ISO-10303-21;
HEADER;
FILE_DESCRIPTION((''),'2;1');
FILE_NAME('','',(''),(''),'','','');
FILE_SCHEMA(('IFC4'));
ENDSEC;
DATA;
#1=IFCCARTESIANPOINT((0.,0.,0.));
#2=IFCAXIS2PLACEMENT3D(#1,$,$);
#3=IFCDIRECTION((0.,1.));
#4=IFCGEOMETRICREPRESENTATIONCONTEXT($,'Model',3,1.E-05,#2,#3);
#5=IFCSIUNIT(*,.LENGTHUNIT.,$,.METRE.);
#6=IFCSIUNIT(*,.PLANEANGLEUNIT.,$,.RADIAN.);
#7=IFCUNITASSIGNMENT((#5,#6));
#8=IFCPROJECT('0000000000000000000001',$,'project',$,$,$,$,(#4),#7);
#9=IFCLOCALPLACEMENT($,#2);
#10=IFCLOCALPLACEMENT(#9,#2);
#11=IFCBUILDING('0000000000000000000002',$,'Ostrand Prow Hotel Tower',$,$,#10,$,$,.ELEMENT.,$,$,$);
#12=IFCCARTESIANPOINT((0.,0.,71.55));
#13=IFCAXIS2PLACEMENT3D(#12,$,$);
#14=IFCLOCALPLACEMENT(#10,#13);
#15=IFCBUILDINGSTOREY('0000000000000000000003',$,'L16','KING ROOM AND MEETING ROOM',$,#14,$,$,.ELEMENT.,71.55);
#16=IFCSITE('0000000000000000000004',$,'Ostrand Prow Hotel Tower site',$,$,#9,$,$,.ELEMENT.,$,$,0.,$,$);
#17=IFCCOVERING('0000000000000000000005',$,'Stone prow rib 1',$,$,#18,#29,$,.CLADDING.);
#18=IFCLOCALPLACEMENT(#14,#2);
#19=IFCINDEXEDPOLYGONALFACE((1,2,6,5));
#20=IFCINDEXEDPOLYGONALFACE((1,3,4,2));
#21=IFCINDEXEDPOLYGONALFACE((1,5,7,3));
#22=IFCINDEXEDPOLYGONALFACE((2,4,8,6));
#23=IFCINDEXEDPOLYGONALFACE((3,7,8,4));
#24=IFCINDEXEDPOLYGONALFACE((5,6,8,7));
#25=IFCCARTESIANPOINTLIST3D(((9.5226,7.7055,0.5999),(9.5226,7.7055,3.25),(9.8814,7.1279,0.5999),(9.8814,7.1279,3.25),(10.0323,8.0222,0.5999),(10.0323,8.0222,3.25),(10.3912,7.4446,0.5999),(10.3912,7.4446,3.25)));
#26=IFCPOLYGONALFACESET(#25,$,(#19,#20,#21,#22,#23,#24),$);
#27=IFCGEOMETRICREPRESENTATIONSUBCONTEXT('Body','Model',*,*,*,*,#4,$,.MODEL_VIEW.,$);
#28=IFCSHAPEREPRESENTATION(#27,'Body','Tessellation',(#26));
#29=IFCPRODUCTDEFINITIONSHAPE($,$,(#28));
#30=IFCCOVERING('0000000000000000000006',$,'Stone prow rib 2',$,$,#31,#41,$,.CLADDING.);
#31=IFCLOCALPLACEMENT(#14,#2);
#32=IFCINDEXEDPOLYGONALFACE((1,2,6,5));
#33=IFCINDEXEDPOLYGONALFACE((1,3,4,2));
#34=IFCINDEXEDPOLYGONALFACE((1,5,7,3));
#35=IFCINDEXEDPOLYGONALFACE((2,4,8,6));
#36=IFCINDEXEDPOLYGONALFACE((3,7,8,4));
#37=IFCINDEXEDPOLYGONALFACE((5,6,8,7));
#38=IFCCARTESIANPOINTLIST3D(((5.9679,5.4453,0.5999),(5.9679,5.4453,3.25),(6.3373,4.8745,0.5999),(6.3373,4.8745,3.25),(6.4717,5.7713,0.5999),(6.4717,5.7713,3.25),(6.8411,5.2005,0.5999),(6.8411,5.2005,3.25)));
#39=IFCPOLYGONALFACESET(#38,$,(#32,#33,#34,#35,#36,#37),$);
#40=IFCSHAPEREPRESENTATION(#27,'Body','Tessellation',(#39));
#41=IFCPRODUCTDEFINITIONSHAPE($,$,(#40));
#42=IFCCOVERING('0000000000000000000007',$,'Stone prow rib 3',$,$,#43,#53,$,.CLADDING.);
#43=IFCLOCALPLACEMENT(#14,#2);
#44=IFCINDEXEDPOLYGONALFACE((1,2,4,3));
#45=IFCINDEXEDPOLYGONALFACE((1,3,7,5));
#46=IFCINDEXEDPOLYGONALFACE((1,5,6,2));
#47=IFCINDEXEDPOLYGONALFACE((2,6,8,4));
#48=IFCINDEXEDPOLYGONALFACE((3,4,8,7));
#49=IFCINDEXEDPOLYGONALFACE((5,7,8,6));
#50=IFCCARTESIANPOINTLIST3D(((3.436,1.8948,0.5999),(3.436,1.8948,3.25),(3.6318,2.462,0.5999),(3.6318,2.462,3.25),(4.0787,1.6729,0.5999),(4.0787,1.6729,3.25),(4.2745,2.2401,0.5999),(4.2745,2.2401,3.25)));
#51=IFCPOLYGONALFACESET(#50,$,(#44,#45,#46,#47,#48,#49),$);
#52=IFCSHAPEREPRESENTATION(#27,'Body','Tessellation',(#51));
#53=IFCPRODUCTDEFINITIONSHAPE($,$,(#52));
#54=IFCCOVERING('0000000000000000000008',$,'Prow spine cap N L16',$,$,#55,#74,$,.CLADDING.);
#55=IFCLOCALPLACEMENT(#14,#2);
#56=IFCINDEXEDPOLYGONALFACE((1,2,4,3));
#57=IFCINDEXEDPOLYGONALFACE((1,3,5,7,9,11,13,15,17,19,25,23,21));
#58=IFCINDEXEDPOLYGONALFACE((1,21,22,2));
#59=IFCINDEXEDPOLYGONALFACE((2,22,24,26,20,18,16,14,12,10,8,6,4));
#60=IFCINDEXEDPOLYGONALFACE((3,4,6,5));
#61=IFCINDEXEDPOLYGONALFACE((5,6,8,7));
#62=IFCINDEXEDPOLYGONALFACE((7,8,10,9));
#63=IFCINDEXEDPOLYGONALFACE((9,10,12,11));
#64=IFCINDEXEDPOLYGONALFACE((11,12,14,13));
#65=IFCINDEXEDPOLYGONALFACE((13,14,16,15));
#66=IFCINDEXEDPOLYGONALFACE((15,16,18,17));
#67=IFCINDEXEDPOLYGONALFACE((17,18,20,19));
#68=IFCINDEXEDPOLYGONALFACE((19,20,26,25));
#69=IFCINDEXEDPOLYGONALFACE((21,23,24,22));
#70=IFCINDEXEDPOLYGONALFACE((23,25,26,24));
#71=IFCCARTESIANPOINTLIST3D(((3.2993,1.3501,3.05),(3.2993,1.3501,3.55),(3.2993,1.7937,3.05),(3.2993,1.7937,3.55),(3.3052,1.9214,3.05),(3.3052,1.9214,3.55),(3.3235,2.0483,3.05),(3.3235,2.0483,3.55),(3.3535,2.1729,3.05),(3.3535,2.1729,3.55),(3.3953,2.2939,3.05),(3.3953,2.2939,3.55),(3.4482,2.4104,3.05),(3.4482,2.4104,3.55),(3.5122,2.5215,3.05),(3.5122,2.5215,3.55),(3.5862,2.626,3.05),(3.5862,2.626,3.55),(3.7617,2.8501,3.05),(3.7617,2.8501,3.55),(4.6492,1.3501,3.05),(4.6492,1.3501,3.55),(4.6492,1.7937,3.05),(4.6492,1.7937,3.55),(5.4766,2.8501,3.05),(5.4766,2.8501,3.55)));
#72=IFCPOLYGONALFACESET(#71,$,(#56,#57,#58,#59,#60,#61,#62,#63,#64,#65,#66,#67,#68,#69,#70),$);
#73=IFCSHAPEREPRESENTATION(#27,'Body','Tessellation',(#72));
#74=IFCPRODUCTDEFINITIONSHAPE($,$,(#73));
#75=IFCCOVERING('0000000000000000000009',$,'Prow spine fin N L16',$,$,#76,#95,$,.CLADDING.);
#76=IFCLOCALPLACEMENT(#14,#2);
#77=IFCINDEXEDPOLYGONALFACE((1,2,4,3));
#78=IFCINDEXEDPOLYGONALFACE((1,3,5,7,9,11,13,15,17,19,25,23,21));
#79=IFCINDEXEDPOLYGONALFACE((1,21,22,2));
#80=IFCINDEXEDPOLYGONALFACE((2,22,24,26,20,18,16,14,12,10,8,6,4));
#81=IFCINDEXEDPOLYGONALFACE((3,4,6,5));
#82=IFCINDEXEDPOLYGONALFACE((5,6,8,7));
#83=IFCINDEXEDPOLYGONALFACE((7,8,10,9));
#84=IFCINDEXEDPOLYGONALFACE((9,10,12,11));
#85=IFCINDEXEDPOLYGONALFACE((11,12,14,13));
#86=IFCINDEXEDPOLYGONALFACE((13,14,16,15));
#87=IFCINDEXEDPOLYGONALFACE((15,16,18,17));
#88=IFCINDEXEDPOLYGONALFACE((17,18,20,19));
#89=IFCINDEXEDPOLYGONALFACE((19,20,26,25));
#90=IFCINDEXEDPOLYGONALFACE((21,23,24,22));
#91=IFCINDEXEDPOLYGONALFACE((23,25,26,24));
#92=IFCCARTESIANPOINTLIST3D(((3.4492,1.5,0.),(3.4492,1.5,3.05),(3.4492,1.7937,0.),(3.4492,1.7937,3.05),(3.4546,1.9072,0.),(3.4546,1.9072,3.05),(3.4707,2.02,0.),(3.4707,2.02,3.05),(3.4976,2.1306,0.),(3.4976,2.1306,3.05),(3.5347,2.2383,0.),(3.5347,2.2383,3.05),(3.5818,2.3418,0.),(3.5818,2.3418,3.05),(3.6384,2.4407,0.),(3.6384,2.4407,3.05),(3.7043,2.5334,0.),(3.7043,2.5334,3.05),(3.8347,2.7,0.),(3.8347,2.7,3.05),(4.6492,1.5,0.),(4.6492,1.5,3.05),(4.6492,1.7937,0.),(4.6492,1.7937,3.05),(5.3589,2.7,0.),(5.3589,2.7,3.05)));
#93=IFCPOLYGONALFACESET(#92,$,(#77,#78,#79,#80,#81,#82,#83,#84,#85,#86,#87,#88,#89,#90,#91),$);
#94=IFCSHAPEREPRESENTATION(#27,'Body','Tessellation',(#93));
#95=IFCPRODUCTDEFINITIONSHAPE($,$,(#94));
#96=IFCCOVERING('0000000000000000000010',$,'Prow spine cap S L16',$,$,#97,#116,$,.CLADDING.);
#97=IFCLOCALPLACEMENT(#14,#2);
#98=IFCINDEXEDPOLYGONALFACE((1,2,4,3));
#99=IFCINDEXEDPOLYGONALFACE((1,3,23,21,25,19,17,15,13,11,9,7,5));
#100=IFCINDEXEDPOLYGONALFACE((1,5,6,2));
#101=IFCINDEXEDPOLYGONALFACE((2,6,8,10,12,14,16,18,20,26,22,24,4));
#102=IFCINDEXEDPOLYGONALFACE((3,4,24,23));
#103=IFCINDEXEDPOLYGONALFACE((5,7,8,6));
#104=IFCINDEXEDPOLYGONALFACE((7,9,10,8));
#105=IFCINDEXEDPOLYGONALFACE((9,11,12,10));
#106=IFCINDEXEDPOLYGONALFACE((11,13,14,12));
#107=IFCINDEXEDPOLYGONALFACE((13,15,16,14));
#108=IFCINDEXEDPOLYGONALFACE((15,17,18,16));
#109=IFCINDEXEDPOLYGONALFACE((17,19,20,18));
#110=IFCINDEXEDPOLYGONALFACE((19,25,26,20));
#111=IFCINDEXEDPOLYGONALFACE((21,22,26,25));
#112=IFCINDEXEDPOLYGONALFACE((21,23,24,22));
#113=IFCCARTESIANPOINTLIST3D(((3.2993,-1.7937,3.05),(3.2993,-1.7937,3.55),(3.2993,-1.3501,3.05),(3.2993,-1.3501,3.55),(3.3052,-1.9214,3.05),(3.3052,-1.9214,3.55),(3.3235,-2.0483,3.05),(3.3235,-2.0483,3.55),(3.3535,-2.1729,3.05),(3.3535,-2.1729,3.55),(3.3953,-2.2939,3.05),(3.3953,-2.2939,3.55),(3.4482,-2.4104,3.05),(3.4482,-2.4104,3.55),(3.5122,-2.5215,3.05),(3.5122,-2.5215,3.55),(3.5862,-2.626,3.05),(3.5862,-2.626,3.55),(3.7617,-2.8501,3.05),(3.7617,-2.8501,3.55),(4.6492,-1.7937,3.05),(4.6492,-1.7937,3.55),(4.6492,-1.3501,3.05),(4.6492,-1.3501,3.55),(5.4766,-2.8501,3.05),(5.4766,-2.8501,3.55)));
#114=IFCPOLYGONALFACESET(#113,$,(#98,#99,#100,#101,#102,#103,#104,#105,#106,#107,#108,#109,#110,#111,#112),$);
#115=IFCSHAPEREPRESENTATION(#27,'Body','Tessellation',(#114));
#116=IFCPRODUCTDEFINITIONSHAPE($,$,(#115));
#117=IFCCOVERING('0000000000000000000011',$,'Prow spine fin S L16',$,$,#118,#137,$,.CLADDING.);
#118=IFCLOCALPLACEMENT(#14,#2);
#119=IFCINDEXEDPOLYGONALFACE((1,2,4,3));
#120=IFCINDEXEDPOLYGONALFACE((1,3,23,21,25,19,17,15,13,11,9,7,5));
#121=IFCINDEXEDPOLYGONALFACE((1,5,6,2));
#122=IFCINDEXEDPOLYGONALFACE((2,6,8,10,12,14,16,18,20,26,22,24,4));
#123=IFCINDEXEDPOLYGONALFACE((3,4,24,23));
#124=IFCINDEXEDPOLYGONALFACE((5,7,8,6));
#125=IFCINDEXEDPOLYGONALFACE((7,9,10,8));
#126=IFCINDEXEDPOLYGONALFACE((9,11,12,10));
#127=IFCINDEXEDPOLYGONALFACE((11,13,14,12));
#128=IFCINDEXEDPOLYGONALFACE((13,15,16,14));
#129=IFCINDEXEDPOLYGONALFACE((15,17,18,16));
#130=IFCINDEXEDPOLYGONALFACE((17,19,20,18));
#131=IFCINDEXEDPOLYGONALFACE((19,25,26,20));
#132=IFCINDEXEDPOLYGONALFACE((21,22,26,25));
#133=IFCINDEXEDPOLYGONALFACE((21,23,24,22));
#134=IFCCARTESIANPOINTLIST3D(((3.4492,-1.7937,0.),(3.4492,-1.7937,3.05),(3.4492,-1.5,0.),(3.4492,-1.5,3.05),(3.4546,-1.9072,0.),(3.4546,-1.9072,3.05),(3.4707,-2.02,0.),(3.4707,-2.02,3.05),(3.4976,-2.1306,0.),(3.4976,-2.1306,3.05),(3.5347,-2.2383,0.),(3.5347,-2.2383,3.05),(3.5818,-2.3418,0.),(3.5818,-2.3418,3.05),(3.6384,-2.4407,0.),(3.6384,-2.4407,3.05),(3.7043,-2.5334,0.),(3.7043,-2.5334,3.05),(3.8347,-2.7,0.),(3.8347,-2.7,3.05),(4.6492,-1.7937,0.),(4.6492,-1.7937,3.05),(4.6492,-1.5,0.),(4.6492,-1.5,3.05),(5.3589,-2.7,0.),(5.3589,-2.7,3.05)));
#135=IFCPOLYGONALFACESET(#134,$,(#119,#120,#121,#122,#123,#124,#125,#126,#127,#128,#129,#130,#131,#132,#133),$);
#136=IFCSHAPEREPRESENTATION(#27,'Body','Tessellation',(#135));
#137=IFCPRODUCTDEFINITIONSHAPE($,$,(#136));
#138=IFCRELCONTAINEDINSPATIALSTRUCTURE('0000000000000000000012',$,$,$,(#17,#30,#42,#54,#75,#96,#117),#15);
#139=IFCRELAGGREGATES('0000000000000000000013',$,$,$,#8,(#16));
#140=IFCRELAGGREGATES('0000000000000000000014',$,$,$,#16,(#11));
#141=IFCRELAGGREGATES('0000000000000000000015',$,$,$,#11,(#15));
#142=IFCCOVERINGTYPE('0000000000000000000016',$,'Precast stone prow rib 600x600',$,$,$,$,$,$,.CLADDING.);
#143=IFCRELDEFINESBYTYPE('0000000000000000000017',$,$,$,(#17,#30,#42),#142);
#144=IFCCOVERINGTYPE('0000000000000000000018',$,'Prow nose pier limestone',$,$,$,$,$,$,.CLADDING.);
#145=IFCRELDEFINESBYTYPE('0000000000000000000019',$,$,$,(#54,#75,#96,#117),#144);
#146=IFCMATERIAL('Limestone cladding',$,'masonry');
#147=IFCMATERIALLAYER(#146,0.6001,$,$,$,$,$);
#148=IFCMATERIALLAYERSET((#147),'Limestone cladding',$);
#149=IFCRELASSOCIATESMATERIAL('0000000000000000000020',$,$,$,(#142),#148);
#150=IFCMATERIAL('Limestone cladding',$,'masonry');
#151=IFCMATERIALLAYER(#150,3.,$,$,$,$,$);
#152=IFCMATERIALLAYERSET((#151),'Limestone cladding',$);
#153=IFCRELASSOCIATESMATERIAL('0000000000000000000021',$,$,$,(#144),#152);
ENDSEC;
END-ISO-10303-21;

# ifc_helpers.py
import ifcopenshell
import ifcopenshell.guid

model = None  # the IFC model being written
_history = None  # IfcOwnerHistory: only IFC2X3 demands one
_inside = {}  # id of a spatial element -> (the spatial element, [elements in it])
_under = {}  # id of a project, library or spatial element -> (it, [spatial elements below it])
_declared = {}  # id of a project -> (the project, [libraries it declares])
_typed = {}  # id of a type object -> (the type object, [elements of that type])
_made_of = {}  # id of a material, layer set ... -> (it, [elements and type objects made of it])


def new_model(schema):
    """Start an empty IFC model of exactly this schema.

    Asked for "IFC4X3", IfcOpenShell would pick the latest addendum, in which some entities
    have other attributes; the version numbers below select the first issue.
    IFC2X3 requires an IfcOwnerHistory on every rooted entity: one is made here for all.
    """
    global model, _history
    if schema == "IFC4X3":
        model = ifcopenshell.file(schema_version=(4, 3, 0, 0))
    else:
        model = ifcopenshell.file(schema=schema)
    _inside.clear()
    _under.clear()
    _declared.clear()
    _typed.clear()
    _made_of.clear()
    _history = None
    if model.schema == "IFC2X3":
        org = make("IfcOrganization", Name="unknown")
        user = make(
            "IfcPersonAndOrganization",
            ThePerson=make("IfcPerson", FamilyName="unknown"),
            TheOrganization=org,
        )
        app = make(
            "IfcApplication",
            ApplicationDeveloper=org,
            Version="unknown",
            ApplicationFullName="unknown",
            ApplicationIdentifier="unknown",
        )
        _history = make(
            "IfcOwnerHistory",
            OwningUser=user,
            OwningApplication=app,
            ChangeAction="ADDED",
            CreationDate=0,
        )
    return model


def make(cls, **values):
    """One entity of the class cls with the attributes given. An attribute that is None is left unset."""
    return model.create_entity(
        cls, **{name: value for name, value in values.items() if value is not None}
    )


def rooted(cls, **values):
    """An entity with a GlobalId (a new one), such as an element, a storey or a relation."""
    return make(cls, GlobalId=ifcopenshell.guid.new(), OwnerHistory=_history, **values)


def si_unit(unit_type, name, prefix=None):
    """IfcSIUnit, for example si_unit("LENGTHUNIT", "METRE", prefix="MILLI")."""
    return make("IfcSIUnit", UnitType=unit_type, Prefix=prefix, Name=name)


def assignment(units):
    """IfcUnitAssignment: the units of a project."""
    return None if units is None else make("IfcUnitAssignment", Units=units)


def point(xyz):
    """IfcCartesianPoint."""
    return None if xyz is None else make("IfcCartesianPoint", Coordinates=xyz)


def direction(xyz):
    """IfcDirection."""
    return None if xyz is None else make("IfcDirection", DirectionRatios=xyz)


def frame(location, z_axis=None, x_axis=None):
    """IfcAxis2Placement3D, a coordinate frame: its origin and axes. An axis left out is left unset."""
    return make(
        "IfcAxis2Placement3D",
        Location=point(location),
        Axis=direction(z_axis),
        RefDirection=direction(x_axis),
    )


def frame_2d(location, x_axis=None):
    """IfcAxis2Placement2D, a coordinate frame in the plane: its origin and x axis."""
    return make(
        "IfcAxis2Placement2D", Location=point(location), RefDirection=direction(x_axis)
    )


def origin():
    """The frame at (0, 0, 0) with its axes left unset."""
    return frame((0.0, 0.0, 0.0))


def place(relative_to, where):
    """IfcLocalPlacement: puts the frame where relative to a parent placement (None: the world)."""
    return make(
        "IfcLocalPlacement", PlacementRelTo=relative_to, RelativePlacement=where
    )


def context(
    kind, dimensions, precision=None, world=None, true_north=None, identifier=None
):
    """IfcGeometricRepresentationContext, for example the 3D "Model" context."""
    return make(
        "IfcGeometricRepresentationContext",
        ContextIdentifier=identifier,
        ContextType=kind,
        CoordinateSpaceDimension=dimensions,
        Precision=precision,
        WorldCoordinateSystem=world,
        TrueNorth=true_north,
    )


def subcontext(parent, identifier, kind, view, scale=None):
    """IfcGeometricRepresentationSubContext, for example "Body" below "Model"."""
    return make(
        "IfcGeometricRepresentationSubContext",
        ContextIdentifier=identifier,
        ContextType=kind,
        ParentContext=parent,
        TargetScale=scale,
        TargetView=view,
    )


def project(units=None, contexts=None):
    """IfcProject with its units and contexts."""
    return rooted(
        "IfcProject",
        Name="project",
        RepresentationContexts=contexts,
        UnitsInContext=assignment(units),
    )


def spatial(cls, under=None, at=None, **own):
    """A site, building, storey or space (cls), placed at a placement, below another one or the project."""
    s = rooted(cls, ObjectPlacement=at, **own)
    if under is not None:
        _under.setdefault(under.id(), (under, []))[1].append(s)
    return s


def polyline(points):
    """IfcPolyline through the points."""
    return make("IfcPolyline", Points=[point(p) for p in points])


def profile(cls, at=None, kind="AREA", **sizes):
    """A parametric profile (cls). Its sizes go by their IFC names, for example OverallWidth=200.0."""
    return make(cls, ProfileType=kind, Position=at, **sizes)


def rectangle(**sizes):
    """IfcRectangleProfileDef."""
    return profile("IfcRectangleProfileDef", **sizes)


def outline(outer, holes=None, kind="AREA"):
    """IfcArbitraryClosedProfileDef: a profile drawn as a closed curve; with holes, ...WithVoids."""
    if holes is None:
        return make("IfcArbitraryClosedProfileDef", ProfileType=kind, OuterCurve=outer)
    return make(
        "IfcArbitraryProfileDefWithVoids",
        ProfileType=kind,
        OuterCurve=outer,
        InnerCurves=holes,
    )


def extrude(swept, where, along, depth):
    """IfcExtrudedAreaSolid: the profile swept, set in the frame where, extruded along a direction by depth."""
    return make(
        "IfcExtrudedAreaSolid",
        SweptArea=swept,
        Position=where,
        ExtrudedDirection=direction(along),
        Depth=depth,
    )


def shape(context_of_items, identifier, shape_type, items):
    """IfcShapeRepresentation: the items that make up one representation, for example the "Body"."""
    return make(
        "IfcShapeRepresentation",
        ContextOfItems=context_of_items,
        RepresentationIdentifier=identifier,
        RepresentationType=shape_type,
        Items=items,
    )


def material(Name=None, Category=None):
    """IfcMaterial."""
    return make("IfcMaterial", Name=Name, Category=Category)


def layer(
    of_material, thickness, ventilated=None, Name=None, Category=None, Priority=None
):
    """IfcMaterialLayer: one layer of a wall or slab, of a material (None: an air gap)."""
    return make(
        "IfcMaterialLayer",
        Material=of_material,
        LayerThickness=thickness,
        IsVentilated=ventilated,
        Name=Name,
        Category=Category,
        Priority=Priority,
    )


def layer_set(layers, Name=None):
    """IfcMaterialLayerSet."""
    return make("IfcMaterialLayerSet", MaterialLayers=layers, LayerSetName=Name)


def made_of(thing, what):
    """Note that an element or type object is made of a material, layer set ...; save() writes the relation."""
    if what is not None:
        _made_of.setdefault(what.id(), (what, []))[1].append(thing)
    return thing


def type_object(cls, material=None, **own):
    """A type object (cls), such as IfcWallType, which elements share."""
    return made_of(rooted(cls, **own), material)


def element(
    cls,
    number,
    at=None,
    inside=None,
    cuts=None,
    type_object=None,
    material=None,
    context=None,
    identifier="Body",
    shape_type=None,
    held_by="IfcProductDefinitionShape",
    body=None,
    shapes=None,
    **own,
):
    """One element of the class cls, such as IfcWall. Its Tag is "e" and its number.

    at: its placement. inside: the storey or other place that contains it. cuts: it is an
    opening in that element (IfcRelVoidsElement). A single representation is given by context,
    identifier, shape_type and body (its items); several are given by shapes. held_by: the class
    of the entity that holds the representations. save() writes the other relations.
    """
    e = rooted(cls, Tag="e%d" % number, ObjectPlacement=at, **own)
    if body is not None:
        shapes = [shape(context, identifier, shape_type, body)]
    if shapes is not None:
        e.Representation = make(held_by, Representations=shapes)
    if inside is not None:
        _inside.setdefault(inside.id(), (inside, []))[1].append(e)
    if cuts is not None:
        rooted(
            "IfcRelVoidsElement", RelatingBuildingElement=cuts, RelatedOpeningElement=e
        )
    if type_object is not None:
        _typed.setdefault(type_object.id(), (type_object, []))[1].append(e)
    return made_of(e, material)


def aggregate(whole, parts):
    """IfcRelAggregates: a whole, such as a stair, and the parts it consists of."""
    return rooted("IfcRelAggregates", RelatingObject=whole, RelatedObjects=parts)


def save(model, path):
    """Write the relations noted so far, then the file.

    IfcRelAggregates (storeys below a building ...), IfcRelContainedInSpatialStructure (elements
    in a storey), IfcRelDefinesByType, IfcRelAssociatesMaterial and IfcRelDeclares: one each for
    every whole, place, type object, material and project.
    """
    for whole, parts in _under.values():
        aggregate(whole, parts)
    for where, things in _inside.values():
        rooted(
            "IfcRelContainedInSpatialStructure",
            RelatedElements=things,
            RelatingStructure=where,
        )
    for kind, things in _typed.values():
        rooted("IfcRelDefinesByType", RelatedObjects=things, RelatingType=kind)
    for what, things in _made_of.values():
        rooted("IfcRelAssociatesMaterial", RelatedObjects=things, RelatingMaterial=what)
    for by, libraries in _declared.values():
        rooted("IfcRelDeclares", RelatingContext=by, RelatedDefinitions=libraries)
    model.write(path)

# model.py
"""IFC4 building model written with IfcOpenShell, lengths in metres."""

from ifc_helpers import new_model, si_unit, direction, frame, frame_2d, origin, place, context, subcontext, project, spatial, polyline, rectangle, outline, extrude, material, layer, layer_set, type_object, element, save


model = new_model("IFC4")

# Units and contexts
model_context = context("Model", 3, precision=1e-05, world=origin(), true_north=direction((0.0, 1.0)))
body_context = subcontext(model_context, "Body", "Model", "MODEL_VIEW")
ifc_project = project(units=[si_unit("LENGTHUNIT", "METRE"), si_unit("PLANEANGLEUNIT", "RADIAN")], contexts=[model_context])

# Site, building, storey
site_placement = place(None, origin())
site = spatial("IfcSite", under=ifc_project, at=site_placement, Name="Ostrand Prow Hotel Tower site", CompositionType="ELEMENT", RefElevation=0.0)
building_placement = place(site_placement, origin())
building = spatial("IfcBuilding", under=site, at=building_placement, Name="Ostrand Prow Hotel Tower", CompositionType="ELEMENT")
storey_placement = place(building_placement, frame((0.0, 0.0, 71.55)))
storey = spatial("IfcBuildingStorey", under=building, at=storey_placement, Name="L16", Description="KING ROOM AND MEETING ROOM", CompositionType="ELEMENT", Elevation=71.55)

# Coverings
ifc_material_1 = material(Name="Limestone cladding", Category="masonry")
ifc_layer_1 = layer(ifc_material_1, 0.6001)
ifc_layer_set_1 = layer_set([ifc_layer_1], Name="Limestone cladding")
covering_type_1 = type_object("IfcCoveringType", Name="Precast stone prow rib 600x600", PredefinedType="CLADDING", material=ifc_layer_set_1)
for number, where, z_axis, x_axis, name in (
    (1, (10.1362, 7.2864, 0.5999), (0.0, 0.0, 1.0), (-0.527738, 0.849407, 0.0), "Stone prow rib 1"),
    (2, (6.5891, 5.0376, 0.5999), (0.0, 0.0, 1.0), (-0.543296, 0.839541, 0.0), "Stone prow rib 2"),
    (3, (4.1765, 1.9565, 0.5999), (0.0, 0.0, 1.0), (-0.945255, 0.326334, 0.0), "Stone prow rib 3"),
):
    element("IfcCovering", number, at=place(storey_placement, frame(where, z_axis=z_axis, x_axis=x_axis)), inside=storey, type_object=covering_type_1, Name=name, PredefinedType="CLADDING", context=body_context, shape_type="SweptSolid", body=[
        extrude(rectangle(XDim=0.6799, YDim=0.6001, at=frame_2d((0.3398, 0.0))), origin(), (0.0, 0.0, 1.0), 2.6501),
    ])
ifc_material_2 = material(Name="Limestone cladding", Category="masonry")
ifc_layer_2 = layer(ifc_material_2, 3.0)
ifc_layer_set_2 = layer_set([ifc_layer_2], Name="Limestone cladding")
covering_type_2 = type_object("IfcCoveringType", Name="Prow nose pier limestone", PredefinedType="CLADDING", material=ifc_layer_set_2)
covering_1_placement = place(storey_placement, frame((0.0, 0.0, 3.05)))
element("IfcCovering", 4, at=covering_1_placement, inside=storey, type_object=covering_type_2, Name="Prow spine cap N L16", PredefinedType="CLADDING", context=body_context, shape_type="SweptSolid", body=[
    extrude(outline(polyline([(3.2993, 1.7937), (3.2993, 1.3501), (4.6492, 1.3501), (4.6492, 1.7937), (5.4766, 2.8501), (3.7617, 2.8501), (3.5862, 2.626), (3.5122, 2.5215), (3.4482, 2.4104), (3.3953, 2.2939), (3.3535, 2.1729), (3.3235, 2.0483), (3.3052, 1.9214), (3.2993, 1.7937)])), origin(), (0.0, 0.0, 1.0), 0.5),
])
covering_2_placement = place(storey_placement, origin())
element("IfcCovering", 5, at=covering_2_placement, inside=storey, type_object=covering_type_2, Name="Prow spine fin N L16", PredefinedType="CLADDING", context=body_context, shape_type="SweptSolid", body=[
    extrude(outline(polyline([(3.4492, 1.7937), (3.4492, 1.5), (4.6492, 1.5), (4.6492, 1.7937), (5.3589, 2.7), (3.8347, 2.7), (3.7043, 2.5334), (3.6384, 2.4407), (3.5818, 2.3418), (3.5347, 2.2383), (3.4976, 2.1306), (3.4707, 2.02), (3.4546, 1.9072), (3.4492, 1.7937)])), origin(), (0.0, 0.0, 1.0), 3.05),
])
covering_3_placement = place(storey_placement, frame((0.0, 0.0, 3.05)))
element("IfcCovering", 6, at=covering_3_placement, inside=storey, type_object=covering_type_2, Name="Prow spine cap S L16", PredefinedType="CLADDING", context=body_context, shape_type="SweptSolid", body=[
    extrude(outline(polyline([(3.5862, -2.626), (3.7617, -2.8501), (5.4766, -2.8501), (4.6492, -1.7937), (4.6492, -1.3501), (3.2993, -1.3501), (3.2993, -1.7937), (3.3052, -1.9214), (3.3235, -2.0483), (3.3535, -2.1729), (3.3953, -2.2939), (3.4482, -2.4104), (3.5122, -2.5215), (3.5862, -2.626)])), origin(), (0.0, 0.0, 1.0), 0.5),
])
covering_4_placement = place(storey_placement, origin())
element("IfcCovering", 7, at=covering_4_placement, inside=storey, type_object=covering_type_2, Name="Prow spine fin S L16", PredefinedType="CLADDING", context=body_context, shape_type="SweptSolid", body=[
    extrude(outline(polyline([(3.7043, -2.5334), (3.8347, -2.7), (5.3589, -2.7), (4.6492, -1.7937), (4.6492, -1.5), (3.4492, -1.5), (3.4492, -1.7937), (3.4546, -1.9072), (3.4707, -2.02), (3.4976, -2.1306), (3.5347, -2.2383), (3.5818, -2.3418), (3.6384, -2.4407), (3.7043, -2.5334)])), origin(), (0.0, 0.0, 1.0), 3.05),
])

save(model, "model.ifc")
